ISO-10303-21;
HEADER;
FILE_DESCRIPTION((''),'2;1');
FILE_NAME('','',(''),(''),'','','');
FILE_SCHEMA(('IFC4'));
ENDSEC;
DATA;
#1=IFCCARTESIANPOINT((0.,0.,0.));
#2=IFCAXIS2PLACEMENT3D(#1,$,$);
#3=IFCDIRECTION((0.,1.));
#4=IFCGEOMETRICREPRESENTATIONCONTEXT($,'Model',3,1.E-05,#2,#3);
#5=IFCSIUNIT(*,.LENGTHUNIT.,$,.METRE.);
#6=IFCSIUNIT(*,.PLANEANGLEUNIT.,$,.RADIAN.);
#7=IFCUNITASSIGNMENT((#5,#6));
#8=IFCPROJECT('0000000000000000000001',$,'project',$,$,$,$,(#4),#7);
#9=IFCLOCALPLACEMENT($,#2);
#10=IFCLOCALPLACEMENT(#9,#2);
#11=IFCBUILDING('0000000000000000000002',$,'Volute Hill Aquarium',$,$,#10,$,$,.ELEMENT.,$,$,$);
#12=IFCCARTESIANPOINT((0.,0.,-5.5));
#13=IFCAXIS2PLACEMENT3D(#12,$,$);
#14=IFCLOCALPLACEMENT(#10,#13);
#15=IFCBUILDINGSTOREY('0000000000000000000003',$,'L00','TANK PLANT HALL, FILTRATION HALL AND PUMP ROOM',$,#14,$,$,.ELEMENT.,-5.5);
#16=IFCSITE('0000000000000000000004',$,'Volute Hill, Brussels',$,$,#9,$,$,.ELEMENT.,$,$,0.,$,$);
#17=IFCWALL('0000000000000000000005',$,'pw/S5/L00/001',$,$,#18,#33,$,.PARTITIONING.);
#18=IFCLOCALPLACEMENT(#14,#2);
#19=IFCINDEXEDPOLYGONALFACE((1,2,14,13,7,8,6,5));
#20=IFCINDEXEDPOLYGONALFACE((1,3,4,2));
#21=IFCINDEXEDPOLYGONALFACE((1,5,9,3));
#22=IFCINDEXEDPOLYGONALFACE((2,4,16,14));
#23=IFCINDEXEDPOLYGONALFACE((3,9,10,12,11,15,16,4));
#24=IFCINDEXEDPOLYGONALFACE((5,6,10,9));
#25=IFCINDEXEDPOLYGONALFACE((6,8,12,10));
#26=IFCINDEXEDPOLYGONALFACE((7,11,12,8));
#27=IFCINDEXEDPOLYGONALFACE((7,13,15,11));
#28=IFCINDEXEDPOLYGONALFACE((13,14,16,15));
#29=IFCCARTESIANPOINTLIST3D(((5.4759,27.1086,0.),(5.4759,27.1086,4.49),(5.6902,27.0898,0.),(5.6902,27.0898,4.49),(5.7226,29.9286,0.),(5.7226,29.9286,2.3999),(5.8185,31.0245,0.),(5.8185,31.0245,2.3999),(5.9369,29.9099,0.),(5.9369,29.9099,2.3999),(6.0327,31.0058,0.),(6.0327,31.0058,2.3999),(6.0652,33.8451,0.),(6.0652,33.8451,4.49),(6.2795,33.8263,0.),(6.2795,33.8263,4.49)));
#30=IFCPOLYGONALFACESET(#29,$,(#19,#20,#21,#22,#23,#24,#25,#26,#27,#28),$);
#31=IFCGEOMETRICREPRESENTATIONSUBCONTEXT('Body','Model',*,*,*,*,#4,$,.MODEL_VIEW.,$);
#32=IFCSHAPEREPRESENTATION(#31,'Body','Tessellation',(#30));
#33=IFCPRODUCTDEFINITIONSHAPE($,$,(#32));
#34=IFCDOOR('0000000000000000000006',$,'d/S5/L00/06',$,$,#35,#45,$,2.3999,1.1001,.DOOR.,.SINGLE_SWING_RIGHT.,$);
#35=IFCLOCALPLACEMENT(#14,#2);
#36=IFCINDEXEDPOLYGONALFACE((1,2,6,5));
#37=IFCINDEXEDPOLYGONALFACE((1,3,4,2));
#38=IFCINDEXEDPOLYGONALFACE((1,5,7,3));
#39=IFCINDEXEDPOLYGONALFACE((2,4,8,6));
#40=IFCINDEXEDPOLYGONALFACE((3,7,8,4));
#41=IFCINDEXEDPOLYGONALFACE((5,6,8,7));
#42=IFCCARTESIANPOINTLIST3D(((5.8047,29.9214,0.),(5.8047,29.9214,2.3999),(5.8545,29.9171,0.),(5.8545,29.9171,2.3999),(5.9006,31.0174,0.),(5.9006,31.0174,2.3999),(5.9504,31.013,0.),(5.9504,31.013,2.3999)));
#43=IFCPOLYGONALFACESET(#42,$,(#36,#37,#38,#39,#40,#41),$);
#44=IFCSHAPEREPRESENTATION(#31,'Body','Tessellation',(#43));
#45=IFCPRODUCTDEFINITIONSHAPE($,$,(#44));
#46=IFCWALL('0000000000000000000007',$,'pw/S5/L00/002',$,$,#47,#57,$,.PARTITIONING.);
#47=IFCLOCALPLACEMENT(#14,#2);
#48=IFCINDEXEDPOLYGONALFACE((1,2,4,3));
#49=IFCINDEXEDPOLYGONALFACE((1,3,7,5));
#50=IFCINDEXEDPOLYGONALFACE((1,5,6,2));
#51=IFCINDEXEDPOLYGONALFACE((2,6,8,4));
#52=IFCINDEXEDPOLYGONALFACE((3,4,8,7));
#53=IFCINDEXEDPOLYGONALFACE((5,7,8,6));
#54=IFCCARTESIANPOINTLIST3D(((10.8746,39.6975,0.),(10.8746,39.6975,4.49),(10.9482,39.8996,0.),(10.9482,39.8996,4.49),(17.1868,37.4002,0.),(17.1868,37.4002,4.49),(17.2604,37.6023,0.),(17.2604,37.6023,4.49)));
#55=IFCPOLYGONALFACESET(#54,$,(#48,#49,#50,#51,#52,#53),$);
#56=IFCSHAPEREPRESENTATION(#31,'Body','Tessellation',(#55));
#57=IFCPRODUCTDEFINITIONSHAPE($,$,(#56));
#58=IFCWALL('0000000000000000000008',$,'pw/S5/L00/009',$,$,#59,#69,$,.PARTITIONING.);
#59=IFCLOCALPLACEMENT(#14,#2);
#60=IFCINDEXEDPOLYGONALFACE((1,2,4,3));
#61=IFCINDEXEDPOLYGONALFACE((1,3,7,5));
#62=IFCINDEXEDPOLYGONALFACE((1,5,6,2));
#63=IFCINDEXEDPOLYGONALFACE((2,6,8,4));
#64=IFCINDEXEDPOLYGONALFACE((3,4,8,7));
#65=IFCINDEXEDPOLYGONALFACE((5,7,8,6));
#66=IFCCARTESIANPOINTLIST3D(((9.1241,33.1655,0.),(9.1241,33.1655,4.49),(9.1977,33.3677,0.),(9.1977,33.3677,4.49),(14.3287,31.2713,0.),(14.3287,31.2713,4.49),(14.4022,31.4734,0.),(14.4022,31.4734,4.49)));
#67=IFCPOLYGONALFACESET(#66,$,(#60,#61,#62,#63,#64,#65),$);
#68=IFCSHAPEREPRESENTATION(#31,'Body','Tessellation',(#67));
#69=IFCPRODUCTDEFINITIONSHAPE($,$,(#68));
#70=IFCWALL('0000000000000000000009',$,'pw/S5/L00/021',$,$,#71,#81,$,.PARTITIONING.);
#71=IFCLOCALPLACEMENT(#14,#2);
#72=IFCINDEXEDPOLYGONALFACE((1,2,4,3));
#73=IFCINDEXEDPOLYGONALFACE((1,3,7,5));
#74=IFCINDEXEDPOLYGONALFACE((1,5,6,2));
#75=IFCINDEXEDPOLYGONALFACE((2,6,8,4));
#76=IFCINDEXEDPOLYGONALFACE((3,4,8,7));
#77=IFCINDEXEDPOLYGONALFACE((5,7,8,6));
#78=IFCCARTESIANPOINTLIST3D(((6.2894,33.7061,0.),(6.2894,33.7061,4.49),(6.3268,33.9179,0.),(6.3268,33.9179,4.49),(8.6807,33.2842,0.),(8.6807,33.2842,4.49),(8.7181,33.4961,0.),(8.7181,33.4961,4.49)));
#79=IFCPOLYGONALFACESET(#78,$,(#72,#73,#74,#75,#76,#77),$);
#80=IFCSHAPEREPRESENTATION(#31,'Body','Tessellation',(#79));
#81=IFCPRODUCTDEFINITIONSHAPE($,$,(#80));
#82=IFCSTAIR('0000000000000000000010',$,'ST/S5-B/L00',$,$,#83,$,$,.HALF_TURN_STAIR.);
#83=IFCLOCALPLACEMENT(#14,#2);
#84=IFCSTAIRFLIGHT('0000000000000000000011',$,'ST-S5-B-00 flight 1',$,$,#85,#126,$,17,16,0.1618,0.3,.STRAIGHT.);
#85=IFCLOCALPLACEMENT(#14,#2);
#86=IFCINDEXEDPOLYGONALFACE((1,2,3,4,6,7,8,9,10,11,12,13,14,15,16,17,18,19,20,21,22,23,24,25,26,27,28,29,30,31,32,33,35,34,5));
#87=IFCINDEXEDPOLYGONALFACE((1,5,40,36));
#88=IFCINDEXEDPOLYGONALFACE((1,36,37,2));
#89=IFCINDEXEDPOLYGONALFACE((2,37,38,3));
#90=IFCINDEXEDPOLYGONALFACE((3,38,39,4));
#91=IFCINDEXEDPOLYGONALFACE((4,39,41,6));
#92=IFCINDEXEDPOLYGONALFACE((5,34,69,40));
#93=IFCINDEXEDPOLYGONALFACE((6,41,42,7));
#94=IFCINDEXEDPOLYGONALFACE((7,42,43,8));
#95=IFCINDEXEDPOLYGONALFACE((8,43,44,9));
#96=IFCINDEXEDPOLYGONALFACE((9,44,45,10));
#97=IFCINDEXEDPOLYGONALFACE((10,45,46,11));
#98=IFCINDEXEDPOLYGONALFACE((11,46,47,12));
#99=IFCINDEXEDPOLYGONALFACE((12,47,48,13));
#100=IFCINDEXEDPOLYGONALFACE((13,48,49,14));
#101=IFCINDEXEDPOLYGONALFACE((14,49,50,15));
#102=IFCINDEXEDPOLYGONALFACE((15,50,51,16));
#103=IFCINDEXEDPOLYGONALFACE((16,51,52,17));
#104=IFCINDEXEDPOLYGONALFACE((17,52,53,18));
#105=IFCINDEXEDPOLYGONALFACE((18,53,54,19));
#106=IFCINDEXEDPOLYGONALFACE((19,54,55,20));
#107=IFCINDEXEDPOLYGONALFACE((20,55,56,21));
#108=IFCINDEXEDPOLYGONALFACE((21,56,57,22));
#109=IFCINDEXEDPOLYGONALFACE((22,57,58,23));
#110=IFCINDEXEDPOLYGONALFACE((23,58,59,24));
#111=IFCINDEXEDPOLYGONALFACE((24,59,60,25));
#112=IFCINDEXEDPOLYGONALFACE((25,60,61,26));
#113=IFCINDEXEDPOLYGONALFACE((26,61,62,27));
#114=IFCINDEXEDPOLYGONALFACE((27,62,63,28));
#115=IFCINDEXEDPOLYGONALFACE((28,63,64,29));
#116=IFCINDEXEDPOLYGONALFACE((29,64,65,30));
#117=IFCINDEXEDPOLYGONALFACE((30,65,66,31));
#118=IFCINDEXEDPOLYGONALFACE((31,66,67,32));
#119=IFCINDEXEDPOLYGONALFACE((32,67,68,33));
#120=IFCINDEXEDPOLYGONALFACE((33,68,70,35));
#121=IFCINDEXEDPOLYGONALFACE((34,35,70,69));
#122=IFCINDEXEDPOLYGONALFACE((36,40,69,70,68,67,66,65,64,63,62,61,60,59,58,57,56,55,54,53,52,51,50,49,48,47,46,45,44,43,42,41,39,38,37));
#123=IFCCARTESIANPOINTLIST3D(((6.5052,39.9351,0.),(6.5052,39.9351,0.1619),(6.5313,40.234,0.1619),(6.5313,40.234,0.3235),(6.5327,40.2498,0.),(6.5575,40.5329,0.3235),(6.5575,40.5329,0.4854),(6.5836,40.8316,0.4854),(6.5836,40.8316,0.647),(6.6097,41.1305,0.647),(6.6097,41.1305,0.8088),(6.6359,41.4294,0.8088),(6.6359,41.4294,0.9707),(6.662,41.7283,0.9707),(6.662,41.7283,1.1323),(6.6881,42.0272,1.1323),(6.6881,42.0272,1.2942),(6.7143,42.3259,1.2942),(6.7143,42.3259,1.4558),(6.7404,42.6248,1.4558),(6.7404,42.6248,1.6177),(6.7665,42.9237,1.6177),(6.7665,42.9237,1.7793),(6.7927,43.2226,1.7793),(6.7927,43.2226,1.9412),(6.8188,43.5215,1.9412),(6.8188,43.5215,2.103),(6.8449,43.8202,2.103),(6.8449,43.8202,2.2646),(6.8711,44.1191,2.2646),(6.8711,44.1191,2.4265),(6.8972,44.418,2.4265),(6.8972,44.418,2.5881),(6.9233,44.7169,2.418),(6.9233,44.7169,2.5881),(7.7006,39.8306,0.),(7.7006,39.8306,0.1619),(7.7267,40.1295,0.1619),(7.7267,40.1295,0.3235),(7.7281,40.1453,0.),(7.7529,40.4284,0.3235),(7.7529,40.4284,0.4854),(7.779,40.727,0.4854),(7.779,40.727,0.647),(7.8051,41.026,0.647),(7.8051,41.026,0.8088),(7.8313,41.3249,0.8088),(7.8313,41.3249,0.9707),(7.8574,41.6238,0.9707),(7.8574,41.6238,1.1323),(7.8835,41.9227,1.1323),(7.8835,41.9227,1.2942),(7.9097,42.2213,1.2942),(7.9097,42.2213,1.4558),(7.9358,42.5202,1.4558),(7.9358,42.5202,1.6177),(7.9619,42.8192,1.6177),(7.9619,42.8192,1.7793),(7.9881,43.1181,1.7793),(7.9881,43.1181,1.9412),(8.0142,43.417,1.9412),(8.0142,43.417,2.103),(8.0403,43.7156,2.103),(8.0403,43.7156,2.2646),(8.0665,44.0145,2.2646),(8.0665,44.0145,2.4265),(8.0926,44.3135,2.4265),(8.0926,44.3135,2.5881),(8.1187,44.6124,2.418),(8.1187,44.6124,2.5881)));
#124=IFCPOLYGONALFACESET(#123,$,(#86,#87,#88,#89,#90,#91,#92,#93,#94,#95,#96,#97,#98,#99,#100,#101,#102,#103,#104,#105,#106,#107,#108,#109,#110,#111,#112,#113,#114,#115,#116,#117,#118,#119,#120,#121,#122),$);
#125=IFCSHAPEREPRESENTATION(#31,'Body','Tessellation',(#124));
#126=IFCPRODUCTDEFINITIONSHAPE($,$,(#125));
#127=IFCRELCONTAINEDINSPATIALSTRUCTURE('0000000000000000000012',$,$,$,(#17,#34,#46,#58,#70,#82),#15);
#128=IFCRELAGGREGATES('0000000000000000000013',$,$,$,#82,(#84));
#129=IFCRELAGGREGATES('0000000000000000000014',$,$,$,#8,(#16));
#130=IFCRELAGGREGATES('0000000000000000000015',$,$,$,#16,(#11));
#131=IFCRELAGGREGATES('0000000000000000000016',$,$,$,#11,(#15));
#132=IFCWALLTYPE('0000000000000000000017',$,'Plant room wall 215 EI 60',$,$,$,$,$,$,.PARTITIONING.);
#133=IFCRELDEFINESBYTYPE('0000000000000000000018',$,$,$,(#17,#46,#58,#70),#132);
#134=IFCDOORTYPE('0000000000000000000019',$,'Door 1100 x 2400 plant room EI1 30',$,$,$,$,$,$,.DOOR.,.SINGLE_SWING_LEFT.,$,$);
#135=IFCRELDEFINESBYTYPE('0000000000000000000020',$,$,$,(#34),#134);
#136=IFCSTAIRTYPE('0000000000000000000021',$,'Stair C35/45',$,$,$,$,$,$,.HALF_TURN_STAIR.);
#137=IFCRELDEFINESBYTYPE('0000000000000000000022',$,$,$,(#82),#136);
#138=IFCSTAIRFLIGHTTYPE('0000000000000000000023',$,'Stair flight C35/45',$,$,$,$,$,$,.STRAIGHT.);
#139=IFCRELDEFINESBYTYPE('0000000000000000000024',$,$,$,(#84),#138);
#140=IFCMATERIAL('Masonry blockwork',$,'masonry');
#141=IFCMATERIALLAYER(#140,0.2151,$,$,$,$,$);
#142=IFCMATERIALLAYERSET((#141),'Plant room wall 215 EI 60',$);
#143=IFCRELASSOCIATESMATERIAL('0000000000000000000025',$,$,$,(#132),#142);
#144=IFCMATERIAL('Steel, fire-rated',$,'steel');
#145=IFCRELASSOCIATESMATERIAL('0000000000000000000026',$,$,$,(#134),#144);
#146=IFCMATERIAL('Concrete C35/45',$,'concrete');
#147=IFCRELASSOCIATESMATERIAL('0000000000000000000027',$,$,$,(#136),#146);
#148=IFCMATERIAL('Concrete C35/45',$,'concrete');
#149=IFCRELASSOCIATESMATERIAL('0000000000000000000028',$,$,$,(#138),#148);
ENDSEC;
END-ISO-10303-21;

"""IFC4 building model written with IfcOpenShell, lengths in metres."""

from ifc_helpers import new_model, si_unit, direction, frame, frame_2d, origin, place, context, subcontext, project, spatial, polyline, rectangle, outline, extrude, material, layer, layer_set, type_object, element, fill, aggregate, save


model = new_model("IFC4")

# Units and contexts
model_context = context("Model", 3, precision=1e-05, world=origin(), true_north=direction((0.0, 1.0)))
body_context = subcontext(model_context, "Body", "Model", "MODEL_VIEW")
ifc_project = project(units=[si_unit("LENGTHUNIT", "METRE"), si_unit("PLANEANGLEUNIT", "RADIAN")], contexts=[model_context])

# Site, building, storey
site_placement = place(None, origin())
site = spatial("IfcSite", under=ifc_project, at=site_placement, Name="Volute Hill, Brussels", CompositionType="ELEMENT", RefElevation=0.0)
building_placement = place(site_placement, origin())
building = spatial("IfcBuilding", under=site, at=building_placement, Name="Volute Hill Aquarium", CompositionType="ELEMENT")
storey_placement = place(building_placement, frame((0.0, 0.0, -5.5)))
storey = spatial("IfcBuildingStorey", under=building, at=storey_placement, Name="L00", Description="TANK PLANT HALL, FILTRATION HALL AND PUMP ROOM", CompositionType="ELEMENT", Elevation=-5.5)

# Wall, opening, door
ifc_material_1 = material(Name="Masonry blockwork", Category="masonry")
ifc_layer_1 = layer(ifc_material_1, 0.2151)
ifc_layer_set_1 = layer_set([ifc_layer_1], Name="Plant room wall 215 EI 60")
wall_type_1 = type_object("IfcWallType", Name="Plant room wall 215 EI 60", PredefinedType="PARTITIONING", material=ifc_layer_set_1)
wall_1_placement = place(storey_placement, frame((6.1724, 33.8357, 0.0), z_axis=(0.0, 0.0, 1.0), x_axis=(-0.087153, -0.996195, 0.0)))
wall_1 = element("IfcWall", 1, at=wall_1_placement, inside=storey, type_object=wall_type_1, Name="pw/S5/L00/001", PredefinedType="PARTITIONING", context=body_context, shape_type="SweptSolid", body=[
    extrude(rectangle(XDim=6.7622, YDim=0.2151, at=frame_2d((3.3811, 0.0))), origin(), (0.0, 0.0, 1.0), 4.49),
])
opening_1_placement = place(wall_1_placement, frame((2.8313, 0.0, 0.0)))
opening_1 = element("IfcOpeningElement", 2, at=opening_1_placement, cuts=wall_1, PredefinedType="OPENING", context=body_context, shape_type="SweptSolid", body=[
    extrude(rectangle(XDim=1.1001, YDim=2.3999, at=frame_2d((0.55, 1.2))), frame((0.0, 0.1174, 0.0), z_axis=(0.0, -1.0, 0.0), x_axis=(1.0, 0.0, 0.0)), (0.0, 0.0, 1.0), 0.2351),
])
ifc_material_2 = material(Name="Steel, fire-rated", Category="steel")
door_type_1 = type_object("IfcDoorType", Name="Door 1100 x 2400 plant room EI1 30", OperationType="SINGLE_SWING_LEFT", PredefinedType="DOOR", material=ifc_material_2)
door_1_placement = place(opening_1_placement, origin())
door_1 = element("IfcDoor", 3, at=door_1_placement, inside=storey, type_object=door_type_1, Name="d/S5/L00/06", OperationType="SINGLE_SWING_RIGHT", OverallHeight=2.3999, OverallWidth=1.1001, PredefinedType="DOOR", context=body_context, shape_type="SweptSolid", body=[
    extrude(rectangle(XDim=1.1001, YDim=2.3999, at=frame_2d((0.55, 1.2))), frame((0.0, 0.0249, 0.0), z_axis=(0.0, -1.0, 0.0), x_axis=(1.0, 0.0, 0.0)), (0.0, 0.0, 1.0), 0.05),
])
fill(opening_1, door_1)

# Walls
wall_2_placement = place(storey_placement, frame((10.9114, 39.7986, 0.0), z_axis=(0.0, 0.0, 1.0), x_axis=(0.939698, -0.342006, 0.0)))
element("IfcWall", 4, at=wall_2_placement, inside=storey, type_object=wall_type_1, Name="pw/S5/L00/002", PredefinedType="PARTITIONING", context=body_context, shape_type="SweptSolid", body=[
    extrude(rectangle(XDim=6.7173, YDim=0.2151, at=frame_2d((3.3586, 0.0))), origin(), (0.0, 0.0, 1.0), 4.49),
])
wall_3_placement = place(storey_placement, frame((9.1609, 33.2666, 0.0), z_axis=(0.0, 0.0, 1.0), x_axis=(0.939694, -0.342016, 0.0)))
element("IfcWall", 5, at=wall_3_placement, inside=storey, type_object=wall_type_1, Name="pw/S5/L00/009", PredefinedType="PARTITIONING", context=body_context, shape_type="SweptSolid", body=[
    extrude(rectangle(XDim=5.5386, YDim=0.2151, at=frame_2d((2.7693, 0.0))), origin(), (0.0, 0.0, 1.0), 4.49),
])

# Wall
wall_4_placement = place(storey_placement, frame((6.3081, 33.812, 0.0), z_axis=(0.0, 0.0, 1.0), x_axis=(0.984793, -0.173734, 0.0)))
element("IfcWall", 6, at=wall_4_placement, inside=storey, type_object=wall_type_1, Name="pw/S5/L00/021", PredefinedType="PARTITIONING", context=body_context, shape_type="SweptSolid", body=[
    extrude(rectangle(XDim=2.4282, YDim=0.2151, at=frame_2d((1.2141, 0.0))), origin(), (0.0, 0.0, 1.0), 4.49),
])

# Stair, stair flight
ifc_material_3 = material(Name="Concrete C35/45", Category="concrete")
stair_type = type_object("IfcStairType", Name="Stair C35/45", PredefinedType="HALF_TURN_STAIR", material=ifc_material_3)
stair_placement = place(storey_placement, origin())
stair = element("IfcStair", 7, at=stair_placement, inside=storey, type_object=stair_type, Name="ST/S5-B/L00", PredefinedType="HALF_TURN_STAIR")
ifc_material_4 = material(Name="Concrete C35/45", Category="concrete")
stair_flight_type = type_object("IfcStairFlightType", Name="Stair flight C35/45", PredefinedType="STRAIGHT", material=ifc_material_4)
stair_flight_placement = place(storey_placement, frame((7.103, 39.8828, 0.0), z_axis=(0.0, 0.0, 1.0), x_axis=(0.087109, 0.996199, 0.0)))
stair_flight = element("IfcStairFlight", 8, at=stair_flight_placement, type_object=stair_flight_type, Name="ST-S5-B-00 flight 1", NumberOfRisers=17, NumberOfTreads=16, PredefinedType="STRAIGHT", RiserHeight=0.1618, TreadLength=0.3, context=body_context, shape_type="SweptSolid", body=[
    extrude(outline(polyline([(0.0, 0.0), (0.0, 0.1619), (0.3, 0.1619), (0.3, 0.3235), (0.6001, 0.3235), (0.6001, 0.4854), (0.8999, 0.4854), (0.8999, 0.647), (1.2, 0.647), (1.2, 0.8088), (1.5, 0.8088), (1.5, 0.9707), (1.8, 0.9707), (1.8, 1.1323), (2.1001, 1.1323), (2.1001, 1.2942), (2.3999, 1.2942), (2.3999, 1.4558), (2.7, 1.4558), (2.7, 1.6177), (3.0, 1.6177), (3.0, 1.7793), (3.3, 1.7793), (3.3, 1.9412), (3.6001, 1.9412), (3.6001, 2.103), (3.8999, 2.103), (3.8999, 2.2646), (4.2, 2.2646), (4.2, 2.4265), (4.5, 2.4265), (4.5, 2.5881), (4.8, 2.5881), (4.8, 2.75), (4.8, 2.418), (0.3159, 0.0), (0.0, 0.0)])), frame((0.0, 0.6001, 0.0), z_axis=(0.0, -1.0, 0.0), x_axis=(1.0, 0.0, 0.0)), (0.0, 0.0, 1.0), 1.2),
])
aggregate(stair, [stair_flight])

save(model, "model.ifc")
